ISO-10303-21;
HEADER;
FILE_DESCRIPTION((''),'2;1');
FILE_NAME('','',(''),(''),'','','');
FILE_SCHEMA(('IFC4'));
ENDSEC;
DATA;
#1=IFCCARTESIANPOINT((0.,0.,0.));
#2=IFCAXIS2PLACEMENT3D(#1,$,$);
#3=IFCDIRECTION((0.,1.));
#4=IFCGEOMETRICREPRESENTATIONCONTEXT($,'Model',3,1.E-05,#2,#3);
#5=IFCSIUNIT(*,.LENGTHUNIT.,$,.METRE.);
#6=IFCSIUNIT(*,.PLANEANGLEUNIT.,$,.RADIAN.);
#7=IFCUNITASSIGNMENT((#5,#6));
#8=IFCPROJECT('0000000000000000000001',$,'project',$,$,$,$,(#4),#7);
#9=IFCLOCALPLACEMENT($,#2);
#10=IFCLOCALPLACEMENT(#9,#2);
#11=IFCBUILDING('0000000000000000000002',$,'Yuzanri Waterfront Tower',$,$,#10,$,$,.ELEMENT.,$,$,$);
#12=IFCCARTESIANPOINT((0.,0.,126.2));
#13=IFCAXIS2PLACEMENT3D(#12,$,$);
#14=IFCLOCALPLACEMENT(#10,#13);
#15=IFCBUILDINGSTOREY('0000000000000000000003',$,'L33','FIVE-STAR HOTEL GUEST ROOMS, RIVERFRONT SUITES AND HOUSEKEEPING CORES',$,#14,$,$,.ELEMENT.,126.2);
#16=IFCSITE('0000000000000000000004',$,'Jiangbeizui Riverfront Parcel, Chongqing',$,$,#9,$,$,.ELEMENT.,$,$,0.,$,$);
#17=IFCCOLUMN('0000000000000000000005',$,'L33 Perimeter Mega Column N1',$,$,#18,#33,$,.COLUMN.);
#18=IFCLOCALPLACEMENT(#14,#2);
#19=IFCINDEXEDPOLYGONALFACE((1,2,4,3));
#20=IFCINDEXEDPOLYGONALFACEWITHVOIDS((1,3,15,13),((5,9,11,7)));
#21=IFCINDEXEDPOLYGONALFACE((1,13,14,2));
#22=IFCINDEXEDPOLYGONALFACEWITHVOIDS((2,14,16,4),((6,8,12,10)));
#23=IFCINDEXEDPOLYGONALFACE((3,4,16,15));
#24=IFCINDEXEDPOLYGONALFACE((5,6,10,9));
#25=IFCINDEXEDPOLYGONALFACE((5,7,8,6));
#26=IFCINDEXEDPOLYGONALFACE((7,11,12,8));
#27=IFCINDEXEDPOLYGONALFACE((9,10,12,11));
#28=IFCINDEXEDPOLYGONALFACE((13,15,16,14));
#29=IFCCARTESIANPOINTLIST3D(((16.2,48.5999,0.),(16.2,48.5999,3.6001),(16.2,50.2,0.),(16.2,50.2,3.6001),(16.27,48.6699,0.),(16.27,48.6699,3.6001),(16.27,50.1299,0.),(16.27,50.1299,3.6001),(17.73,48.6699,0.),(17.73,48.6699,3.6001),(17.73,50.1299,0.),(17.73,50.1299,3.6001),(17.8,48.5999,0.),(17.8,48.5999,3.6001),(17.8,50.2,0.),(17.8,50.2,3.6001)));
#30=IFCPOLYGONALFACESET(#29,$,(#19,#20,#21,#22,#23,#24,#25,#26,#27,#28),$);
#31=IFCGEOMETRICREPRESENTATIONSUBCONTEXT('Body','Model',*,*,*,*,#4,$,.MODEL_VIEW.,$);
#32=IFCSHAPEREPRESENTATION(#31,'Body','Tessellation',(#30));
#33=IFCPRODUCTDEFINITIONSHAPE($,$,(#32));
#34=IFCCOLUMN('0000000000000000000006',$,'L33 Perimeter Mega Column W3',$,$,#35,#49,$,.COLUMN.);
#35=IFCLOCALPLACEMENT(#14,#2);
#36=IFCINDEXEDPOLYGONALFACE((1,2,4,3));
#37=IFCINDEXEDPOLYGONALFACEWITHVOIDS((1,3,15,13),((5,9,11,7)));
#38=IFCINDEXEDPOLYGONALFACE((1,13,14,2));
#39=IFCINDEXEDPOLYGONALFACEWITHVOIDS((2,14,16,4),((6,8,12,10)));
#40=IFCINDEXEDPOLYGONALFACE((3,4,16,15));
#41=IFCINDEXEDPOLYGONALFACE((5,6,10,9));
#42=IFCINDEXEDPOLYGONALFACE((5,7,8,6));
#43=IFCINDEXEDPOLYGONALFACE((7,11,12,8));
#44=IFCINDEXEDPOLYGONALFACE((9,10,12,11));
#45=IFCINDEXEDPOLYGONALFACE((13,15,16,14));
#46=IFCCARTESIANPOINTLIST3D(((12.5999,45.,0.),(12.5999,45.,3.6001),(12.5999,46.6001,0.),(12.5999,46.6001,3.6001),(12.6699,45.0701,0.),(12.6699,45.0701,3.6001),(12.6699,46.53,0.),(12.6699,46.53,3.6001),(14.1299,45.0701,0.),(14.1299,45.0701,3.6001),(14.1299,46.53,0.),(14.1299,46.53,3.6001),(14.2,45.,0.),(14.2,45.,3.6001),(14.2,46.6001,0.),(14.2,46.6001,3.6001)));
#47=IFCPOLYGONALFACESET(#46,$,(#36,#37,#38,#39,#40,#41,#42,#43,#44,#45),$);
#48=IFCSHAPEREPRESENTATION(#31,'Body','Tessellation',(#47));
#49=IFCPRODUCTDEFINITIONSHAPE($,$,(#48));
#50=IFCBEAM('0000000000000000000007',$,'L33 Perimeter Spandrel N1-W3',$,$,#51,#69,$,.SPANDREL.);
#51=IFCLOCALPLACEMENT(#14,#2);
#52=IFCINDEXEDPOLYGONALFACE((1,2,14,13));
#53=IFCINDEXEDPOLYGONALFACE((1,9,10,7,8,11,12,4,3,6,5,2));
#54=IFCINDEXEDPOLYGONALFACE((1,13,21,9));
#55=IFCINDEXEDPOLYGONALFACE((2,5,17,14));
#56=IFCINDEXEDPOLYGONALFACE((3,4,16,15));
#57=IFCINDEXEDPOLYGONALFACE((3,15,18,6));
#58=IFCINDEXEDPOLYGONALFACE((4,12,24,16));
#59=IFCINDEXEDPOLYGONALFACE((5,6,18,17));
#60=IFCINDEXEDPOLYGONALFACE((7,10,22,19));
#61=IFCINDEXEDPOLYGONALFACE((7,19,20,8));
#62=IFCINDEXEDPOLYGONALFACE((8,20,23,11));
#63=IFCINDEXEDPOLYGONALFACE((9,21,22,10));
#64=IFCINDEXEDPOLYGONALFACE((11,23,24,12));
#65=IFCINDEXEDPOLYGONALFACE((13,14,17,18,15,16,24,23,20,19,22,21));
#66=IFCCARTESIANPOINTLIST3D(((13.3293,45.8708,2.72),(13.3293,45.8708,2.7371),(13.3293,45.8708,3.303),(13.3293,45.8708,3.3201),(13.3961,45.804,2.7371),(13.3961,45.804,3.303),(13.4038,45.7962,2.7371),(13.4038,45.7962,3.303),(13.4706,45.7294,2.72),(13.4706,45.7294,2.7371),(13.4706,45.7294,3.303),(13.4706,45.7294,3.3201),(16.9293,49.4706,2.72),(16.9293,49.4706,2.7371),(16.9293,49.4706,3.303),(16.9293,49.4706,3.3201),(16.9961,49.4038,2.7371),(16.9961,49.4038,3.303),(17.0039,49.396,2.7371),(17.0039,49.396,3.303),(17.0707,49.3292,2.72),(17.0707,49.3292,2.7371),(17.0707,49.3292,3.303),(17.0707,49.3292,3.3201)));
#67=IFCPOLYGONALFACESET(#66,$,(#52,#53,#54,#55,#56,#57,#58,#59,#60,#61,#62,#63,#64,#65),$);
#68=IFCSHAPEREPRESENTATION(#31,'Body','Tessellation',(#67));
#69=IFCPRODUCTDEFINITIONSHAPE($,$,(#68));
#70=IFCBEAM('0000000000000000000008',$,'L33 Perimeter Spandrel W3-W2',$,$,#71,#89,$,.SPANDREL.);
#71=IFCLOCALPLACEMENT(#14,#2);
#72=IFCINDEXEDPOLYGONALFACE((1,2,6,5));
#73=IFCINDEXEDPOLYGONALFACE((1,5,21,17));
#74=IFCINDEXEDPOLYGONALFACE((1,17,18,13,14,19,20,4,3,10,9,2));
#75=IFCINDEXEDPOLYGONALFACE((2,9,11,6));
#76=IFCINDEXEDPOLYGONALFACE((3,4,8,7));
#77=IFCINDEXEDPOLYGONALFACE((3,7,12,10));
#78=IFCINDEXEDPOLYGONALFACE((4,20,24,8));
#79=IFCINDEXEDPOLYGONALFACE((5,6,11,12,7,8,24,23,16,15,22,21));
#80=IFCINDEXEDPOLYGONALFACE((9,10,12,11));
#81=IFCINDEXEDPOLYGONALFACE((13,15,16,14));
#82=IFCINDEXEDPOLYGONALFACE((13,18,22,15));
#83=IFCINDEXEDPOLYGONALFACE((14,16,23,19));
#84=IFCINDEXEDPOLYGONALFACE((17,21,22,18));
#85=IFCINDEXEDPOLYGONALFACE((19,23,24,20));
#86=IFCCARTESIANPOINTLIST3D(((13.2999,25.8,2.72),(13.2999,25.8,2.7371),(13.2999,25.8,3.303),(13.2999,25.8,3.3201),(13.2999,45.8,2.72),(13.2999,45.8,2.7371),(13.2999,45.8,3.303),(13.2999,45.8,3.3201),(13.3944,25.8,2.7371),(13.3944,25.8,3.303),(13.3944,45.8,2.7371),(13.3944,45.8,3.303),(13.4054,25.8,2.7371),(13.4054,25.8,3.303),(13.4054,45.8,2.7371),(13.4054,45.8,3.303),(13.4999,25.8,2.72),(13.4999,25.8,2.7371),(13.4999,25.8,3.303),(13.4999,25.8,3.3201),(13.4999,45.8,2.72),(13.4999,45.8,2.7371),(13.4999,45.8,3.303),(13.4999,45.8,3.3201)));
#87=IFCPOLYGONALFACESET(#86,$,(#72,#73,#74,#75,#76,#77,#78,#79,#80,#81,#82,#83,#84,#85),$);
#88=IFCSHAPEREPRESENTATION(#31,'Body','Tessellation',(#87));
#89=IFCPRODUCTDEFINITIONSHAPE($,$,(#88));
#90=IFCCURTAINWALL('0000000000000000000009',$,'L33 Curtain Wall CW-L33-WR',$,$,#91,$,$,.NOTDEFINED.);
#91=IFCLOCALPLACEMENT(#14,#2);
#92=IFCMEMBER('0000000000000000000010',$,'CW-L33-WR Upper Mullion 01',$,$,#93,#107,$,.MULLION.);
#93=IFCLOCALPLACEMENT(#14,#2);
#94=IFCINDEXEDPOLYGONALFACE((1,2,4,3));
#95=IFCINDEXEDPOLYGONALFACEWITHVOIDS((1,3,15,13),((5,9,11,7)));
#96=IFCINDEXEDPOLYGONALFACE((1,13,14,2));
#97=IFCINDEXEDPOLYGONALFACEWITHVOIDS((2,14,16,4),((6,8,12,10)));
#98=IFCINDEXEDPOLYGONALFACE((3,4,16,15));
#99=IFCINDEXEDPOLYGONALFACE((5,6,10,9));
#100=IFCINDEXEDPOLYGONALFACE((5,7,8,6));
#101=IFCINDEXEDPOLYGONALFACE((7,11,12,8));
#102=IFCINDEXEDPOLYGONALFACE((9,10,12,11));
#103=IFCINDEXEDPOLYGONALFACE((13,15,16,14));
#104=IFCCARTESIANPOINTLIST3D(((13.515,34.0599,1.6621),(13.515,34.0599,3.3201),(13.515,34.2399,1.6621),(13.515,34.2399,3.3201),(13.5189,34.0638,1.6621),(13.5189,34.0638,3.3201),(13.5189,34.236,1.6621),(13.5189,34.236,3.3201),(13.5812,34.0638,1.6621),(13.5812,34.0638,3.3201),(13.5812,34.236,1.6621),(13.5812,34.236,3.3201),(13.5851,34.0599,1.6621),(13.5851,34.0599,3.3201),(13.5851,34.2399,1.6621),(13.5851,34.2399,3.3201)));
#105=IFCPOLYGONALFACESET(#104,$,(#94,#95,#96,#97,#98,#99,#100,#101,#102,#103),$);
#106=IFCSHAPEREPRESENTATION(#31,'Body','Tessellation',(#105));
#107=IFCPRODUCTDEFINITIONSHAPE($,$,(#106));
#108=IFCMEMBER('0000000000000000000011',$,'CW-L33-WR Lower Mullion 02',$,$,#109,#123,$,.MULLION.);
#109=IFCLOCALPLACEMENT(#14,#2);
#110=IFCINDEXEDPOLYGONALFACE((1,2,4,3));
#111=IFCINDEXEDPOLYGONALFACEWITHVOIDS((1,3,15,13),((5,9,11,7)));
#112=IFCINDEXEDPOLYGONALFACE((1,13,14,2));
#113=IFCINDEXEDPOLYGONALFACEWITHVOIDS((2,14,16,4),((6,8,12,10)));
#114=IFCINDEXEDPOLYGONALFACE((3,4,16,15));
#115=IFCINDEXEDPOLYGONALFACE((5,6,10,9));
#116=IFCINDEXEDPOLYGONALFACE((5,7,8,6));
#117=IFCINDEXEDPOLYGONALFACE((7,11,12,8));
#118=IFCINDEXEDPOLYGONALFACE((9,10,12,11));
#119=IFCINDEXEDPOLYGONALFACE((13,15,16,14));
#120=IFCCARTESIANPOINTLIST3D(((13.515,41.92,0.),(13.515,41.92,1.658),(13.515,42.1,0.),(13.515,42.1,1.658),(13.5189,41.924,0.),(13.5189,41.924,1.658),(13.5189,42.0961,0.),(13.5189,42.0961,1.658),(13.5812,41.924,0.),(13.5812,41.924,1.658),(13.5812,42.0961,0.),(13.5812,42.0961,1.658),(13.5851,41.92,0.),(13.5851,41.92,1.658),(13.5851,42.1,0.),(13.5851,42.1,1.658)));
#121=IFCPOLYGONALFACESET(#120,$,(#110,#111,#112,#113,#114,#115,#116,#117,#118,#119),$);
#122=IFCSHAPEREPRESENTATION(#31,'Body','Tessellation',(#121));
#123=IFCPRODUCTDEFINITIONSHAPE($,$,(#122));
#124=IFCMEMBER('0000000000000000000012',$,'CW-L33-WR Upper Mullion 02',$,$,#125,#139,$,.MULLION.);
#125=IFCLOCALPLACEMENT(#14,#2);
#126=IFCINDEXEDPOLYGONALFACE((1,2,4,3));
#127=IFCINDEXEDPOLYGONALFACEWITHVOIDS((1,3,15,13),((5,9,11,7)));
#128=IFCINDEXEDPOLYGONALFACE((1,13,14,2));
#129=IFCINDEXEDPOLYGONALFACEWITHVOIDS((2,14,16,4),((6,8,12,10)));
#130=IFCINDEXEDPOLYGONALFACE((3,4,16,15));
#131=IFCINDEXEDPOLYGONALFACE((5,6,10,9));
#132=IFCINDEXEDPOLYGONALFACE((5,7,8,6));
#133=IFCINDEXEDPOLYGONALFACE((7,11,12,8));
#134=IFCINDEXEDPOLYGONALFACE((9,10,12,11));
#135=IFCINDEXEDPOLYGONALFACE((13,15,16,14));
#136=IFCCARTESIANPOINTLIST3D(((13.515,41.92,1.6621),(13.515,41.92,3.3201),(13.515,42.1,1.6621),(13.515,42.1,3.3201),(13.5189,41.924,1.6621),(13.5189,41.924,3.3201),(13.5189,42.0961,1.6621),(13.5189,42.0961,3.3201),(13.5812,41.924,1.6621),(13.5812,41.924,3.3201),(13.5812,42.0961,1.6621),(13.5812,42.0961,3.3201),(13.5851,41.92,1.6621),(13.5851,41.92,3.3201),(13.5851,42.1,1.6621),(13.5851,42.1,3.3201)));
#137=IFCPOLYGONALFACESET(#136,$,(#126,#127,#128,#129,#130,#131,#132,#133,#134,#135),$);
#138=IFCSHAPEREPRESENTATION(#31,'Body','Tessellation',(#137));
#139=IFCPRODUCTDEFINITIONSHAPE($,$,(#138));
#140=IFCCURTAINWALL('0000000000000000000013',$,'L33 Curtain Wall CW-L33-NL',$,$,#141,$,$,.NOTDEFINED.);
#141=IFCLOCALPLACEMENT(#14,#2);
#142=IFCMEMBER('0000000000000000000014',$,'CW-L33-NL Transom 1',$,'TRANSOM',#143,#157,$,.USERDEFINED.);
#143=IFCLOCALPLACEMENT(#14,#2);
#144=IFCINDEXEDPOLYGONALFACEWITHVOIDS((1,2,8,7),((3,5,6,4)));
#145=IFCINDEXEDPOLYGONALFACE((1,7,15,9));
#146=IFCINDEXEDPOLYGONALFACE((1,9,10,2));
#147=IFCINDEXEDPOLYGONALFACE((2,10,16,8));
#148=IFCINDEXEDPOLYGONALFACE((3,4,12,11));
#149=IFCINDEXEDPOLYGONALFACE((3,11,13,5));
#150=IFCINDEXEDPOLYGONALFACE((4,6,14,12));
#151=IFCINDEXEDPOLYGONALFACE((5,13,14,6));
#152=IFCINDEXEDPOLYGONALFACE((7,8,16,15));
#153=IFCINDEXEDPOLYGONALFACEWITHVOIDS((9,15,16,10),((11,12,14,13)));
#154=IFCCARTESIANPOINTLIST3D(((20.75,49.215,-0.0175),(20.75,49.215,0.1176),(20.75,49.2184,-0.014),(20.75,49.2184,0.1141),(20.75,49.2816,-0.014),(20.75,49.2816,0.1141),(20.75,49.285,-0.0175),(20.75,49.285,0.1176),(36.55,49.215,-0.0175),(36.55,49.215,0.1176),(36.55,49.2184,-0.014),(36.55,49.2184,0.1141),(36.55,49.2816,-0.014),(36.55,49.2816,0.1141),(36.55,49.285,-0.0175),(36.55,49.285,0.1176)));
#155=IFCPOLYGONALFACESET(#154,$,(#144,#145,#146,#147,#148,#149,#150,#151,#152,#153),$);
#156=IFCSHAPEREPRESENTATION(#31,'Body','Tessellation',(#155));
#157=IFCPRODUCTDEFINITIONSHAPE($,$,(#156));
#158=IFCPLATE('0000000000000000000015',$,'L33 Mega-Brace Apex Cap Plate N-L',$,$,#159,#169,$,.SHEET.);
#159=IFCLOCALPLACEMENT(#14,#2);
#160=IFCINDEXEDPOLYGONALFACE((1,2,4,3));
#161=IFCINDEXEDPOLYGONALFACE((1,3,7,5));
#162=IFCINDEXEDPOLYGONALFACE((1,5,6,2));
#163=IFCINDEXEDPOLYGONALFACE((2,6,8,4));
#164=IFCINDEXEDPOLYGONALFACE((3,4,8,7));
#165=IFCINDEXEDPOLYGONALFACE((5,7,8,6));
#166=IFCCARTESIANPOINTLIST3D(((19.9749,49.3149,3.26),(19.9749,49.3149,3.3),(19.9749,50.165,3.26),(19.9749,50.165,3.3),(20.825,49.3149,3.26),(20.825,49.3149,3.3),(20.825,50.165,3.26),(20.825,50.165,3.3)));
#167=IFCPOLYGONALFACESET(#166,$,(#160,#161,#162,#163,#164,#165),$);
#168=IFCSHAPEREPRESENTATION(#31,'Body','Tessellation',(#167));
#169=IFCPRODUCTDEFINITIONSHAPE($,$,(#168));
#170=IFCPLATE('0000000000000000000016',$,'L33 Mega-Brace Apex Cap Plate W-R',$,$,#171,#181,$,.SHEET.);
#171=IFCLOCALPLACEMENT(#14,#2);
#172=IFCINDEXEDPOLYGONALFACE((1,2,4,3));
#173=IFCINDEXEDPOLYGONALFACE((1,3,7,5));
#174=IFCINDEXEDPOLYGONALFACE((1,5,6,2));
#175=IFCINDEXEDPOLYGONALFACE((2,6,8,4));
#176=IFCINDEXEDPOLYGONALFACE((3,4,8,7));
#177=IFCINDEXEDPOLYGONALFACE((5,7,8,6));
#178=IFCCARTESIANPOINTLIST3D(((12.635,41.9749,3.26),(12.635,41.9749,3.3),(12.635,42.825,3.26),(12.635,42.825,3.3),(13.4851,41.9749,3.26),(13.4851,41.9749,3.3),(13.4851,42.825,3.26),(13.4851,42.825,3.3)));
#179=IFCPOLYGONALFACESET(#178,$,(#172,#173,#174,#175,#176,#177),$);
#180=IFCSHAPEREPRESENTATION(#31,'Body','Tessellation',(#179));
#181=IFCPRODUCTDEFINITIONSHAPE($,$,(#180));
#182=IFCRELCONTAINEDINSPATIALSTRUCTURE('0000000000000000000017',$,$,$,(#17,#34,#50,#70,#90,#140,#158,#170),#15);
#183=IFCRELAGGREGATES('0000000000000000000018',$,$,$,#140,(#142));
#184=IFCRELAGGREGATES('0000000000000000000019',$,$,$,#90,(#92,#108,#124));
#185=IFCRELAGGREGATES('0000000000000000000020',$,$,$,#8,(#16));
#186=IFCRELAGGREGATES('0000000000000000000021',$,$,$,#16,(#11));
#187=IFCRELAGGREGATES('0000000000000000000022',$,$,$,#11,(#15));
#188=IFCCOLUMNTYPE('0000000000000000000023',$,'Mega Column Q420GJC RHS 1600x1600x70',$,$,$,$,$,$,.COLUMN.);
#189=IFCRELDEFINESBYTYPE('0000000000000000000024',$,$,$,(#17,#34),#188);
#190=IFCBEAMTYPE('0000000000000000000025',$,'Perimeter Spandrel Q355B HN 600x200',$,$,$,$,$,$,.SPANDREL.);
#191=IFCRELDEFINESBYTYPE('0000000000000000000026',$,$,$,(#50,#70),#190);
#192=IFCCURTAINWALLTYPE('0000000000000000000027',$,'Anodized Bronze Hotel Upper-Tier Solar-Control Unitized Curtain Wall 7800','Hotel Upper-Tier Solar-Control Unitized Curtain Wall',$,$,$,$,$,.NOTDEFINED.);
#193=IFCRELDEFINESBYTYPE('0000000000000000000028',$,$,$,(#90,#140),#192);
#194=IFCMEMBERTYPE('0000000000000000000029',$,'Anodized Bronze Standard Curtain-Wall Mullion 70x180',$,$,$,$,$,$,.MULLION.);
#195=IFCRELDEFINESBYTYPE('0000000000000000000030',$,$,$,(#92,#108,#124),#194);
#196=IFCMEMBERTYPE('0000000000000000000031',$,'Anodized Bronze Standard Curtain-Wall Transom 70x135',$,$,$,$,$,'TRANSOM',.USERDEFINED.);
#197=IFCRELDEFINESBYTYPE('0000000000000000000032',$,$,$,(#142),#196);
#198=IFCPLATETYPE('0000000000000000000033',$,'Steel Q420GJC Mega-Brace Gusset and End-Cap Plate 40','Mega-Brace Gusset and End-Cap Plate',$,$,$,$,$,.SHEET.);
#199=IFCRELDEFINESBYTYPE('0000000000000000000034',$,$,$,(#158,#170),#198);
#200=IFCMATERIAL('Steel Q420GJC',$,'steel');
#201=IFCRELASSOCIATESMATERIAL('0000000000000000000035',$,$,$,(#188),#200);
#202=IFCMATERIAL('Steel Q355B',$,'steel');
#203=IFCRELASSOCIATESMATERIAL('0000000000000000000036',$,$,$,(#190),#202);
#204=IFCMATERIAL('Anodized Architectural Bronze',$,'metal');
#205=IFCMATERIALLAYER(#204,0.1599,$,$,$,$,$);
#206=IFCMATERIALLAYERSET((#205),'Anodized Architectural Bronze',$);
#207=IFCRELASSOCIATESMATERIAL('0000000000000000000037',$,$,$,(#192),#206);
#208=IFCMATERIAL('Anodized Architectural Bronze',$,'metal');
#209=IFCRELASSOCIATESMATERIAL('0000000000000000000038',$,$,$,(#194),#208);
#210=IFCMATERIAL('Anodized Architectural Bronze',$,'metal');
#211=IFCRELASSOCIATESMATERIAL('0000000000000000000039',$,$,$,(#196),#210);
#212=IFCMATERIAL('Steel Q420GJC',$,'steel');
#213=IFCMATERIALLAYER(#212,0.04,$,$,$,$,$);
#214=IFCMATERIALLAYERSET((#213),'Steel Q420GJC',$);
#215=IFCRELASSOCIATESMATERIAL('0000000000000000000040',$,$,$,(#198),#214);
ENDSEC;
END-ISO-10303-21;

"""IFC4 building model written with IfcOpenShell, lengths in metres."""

from ifc_helpers import new_model, si_unit, direction, frame, origin, origin_2d, place, context, subcontext, project, spatial, rectangle, hollow_rectangle, i_section, extrude, source, transform, mapped, material, layer, layer_set, material_profile, profile_set, type_object, element, aggregate, save


model = new_model("IFC4")

# Units and contexts
model_context = context("Model", 3, precision=1e-05, world=origin(), true_north=direction((0.0, 1.0)))
body_context = subcontext(model_context, "Body", "Model", "MODEL_VIEW")
ifc_project = project(units=[si_unit("LENGTHUNIT", "METRE"), si_unit("PLANEANGLEUNIT", "RADIAN")], contexts=[model_context])

# Site, building, storey
site_placement = place(None, origin())
site = spatial("IfcSite", under=ifc_project, at=site_placement, Name="Jiangbeizui Riverfront Parcel, Chongqing", CompositionType="ELEMENT", RefElevation=0.0)
building_placement = place(site_placement, origin())
building = spatial("IfcBuilding", under=site, at=building_placement, Name="Yuzanri Waterfront Tower", CompositionType="ELEMENT")
storey_placement = place(building_placement, frame((0.0, 0.0, 126.2)))
storey = spatial("IfcBuildingStorey", under=building, at=storey_placement, Name="L33", Description="FIVE-STAR HOTEL GUEST ROOMS, RIVERFRONT SUITES AND HOUSEKEEPING CORES", CompositionType="ELEMENT", Elevation=126.2)

# Columns
ifc_material_1 = material(Name="Steel Q420GJC", Category="steel")
ifc_material_profile_1 = material_profile(ifc_material_1, hollow_rectangle(XDim=1.6001, YDim=1.6001, WallThickness=0.0701, at=origin_2d()), Name="RHS 1600x1600x70")
ifc_profile_set_1 = profile_set([ifc_material_profile_1], Name="Steel Q420GJC")
column_type = type_object("IfcColumnType", Name="Mega Column Q420GJC RHS 1600x1600x70", PredefinedType="COLUMN", material=ifc_profile_set_1)
shared_shape_1 = source(origin(), body_context, "Body", "SweptSolid", [
    extrude(hollow_rectangle(XDim=1.6001, YDim=1.6001, WallThickness=0.0701, at=origin_2d()), origin(), (0.0, 0.0, 1.0), 3.6001),
])
for number, where, z_axis, x_axis, name in (
    (1, (17.0, 49.3999, 0.0), (0.0, 0.0, 1.0), (1.0, 0.0, 0.0), "L33 Perimeter Mega Column N1"),
    (2, (13.3999, 45.8, 0.0), (0.0, 0.0, 1.0), (1.0, 0.0, 0.0), "L33 Perimeter Mega Column W3"),
):
    element("IfcColumn", number, at=place(storey_placement, frame(where, z_axis=z_axis, x_axis=x_axis)), inside=storey, type_object=column_type, Name=name, PredefinedType="COLUMN", context=body_context, shape_type="MappedRepresentation", body=[
        mapped(shared_shape_1, transform((0.0, 0.0, 0.0), scale=1.0)),
    ])

# Beams
ifc_material_2 = material(Name="Steel Q355B", Category="steel")
ifc_material_profile_2 = material_profile(ifc_material_2, i_section(OverallWidth=0.2, OverallDepth=0.6001, WebThickness=0.011, FlangeThickness=0.0171, at=origin_2d()), Name="HN 600x200x11x17")
ifc_profile_set_2 = profile_set([ifc_material_profile_2], Name="Steel Q355B")
beam_type = type_object("IfcBeamType", Name="Perimeter Spandrel Q355B HN 600x200", PredefinedType="SPANDREL", material=ifc_profile_set_2)
shared_shape_2 = source(origin(), body_context, "Body", "SweptSolid", [
    extrude(i_section(OverallWidth=0.2, OverallDepth=0.6001, WebThickness=0.011, FlangeThickness=0.0171, at=origin_2d()), origin(), (0.0, 0.0, 1.0), 5.0911),
])
beam_1_placement = place(storey_placement, frame((17.0, 49.3999, 3.02), z_axis=(-0.707131, -0.707083, 0.0), x_axis=(0.707083, -0.707131, 0.0)))
element("IfcBeam", 3, at=beam_1_placement, inside=storey, type_object=beam_type, Name="L33 Perimeter Spandrel N1-W3", PredefinedType="SPANDREL", context=body_context, shape_type="MappedRepresentation", body=[
    mapped(shared_shape_2, transform((0.0, 0.0, 0.0), scale=1.0)),
])
shared_shape_3 = source(origin(), body_context, "Body", "SweptSolid", [
    extrude(i_section(OverallWidth=0.2, OverallDepth=0.6001, WebThickness=0.011, FlangeThickness=0.0171, at=origin_2d()), origin(), (0.0, 0.0, 1.0), 20.0),
])
beam_2_placement = place(storey_placement, frame((13.3999, 45.8, 3.02), z_axis=(0.0, -1.0, 0.0), x_axis=(1.0, 0.0, 0.0)))
element("IfcBeam", 4, at=beam_2_placement, inside=storey, type_object=beam_type, Name="L33 Perimeter Spandrel W3-W2", PredefinedType="SPANDREL", context=body_context, shape_type="MappedRepresentation", body=[
    mapped(shared_shape_3, transform((0.0, 0.0, 0.0), scale=1.0)),
])

# Curtain wall, members
ifc_material_3 = material(Name="Anodized Architectural Bronze", Category="metal")
ifc_layer_1 = layer(ifc_material_3, 0.1599)
ifc_layer_set_1 = layer_set([ifc_layer_1], Name="Anodized Architectural Bronze")
curtain_wall_type = type_object("IfcCurtainWallType", Name="Anodized Bronze Hotel Upper-Tier Solar-Control Unitized Curtain Wall 7800", Description="Hotel Upper-Tier Solar-Control Unitized Curtain Wall", PredefinedType="NOTDEFINED", material=ifc_layer_set_1)
curtain_wall_1_placement = place(storey_placement, origin())
curtain_wall_1 = element("IfcCurtainWall", 5, at=curtain_wall_1_placement, inside=storey, type_object=curtain_wall_type, Name="L33 Curtain Wall CW-L33-WR", PredefinedType="NOTDEFINED")
ifc_material_4 = material(Name="Anodized Architectural Bronze", Category="metal")
ifc_material_profile_3 = material_profile(ifc_material_4, hollow_rectangle(XDim=0.0701, YDim=0.1799, WallThickness=0.0039, at=origin_2d()), Name="CWM 70x180")
ifc_profile_set_3 = profile_set([ifc_material_profile_3], Name="Anodized Architectural Bronze")
member_type_1 = type_object("IfcMemberType", Name="Anodized Bronze Standard Curtain-Wall Mullion 70x180", PredefinedType="MULLION", material=ifc_profile_set_3)
shared_shape_4 = source(origin(), body_context, "Body", "SweptSolid", [
    extrude(hollow_rectangle(XDim=0.0701, YDim=0.1799, WallThickness=0.0039, at=origin_2d()), origin(), (0.0, 0.0, 1.0), 1.658),
])
member_1_placement = place(storey_placement, frame((13.55, 34.1499, 1.6621), z_axis=(0.0, 0.0, 1.0), x_axis=(1.0, 0.0, 0.0)))
member_1 = element("IfcMember", 6, at=member_1_placement, type_object=member_type_1, Name="CW-L33-WR Upper Mullion 01", PredefinedType="MULLION", context=body_context, shape_type="MappedRepresentation", body=[
    mapped(shared_shape_4, transform((0.0, 0.0, 0.0), scale=1.0)),
])
member_2_placement = place(storey_placement, frame((13.55, 42.01, 0.0), z_axis=(0.0, 0.0, 1.0), x_axis=(1.0, 0.0, 0.0)))
member_2 = element("IfcMember", 7, at=member_2_placement, type_object=member_type_1, Name="CW-L33-WR Lower Mullion 02", PredefinedType="MULLION", context=body_context, shape_type="MappedRepresentation", body=[
    mapped(shared_shape_4, transform((0.0, 0.0, 0.0), scale=1.0)),
])
member_3_placement = place(storey_placement, frame((13.55, 42.01, 1.6621), z_axis=(0.0, 0.0, 1.0), x_axis=(1.0, 0.0, 0.0)))
member_3 = element("IfcMember", 8, at=member_3_placement, type_object=member_type_1, Name="CW-L33-WR Upper Mullion 02", PredefinedType="MULLION", context=body_context, shape_type="MappedRepresentation", body=[
    mapped(shared_shape_4, transform((0.0, 0.0, 0.0), scale=1.0)),
])

# Curtain wall, member
curtain_wall_2_placement = place(storey_placement, origin())
curtain_wall_2 = element("IfcCurtainWall", 9, at=curtain_wall_2_placement, inside=storey, type_object=curtain_wall_type, Name="L33 Curtain Wall CW-L33-NL", PredefinedType="NOTDEFINED")
ifc_material_5 = material(Name="Anodized Architectural Bronze", Category="metal")
ifc_material_profile_4 = material_profile(ifc_material_5, hollow_rectangle(XDim=0.0701, YDim=0.135, WallThickness=0.0034, at=origin_2d()), Name="CWT 70x135")
ifc_profile_set_4 = profile_set([ifc_material_profile_4], Name="Anodized Architectural Bronze")
member_type_2 = type_object("IfcMemberType", Name="Anodized Bronze Standard Curtain-Wall Transom 70x135", ElementType="TRANSOM", PredefinedType="USERDEFINED", material=ifc_profile_set_4)
shared_shape_5 = source(origin(), body_context, "Body", "SweptSolid", [
    extrude(hollow_rectangle(XDim=0.0701, YDim=0.135, WallThickness=0.0034, at=origin_2d()), origin(), (0.0, 0.0, 1.0), 15.8),
])
member_4_placement = place(storey_placement, frame((20.75, 49.25, 0.05), z_axis=(1.0, 0.0, 0.0), x_axis=(0.0, 1.0, 0.0)))
member_4 = element("IfcMember", 10, at=member_4_placement, type_object=member_type_2, Name="CW-L33-NL Transom 1", ObjectType="TRANSOM", PredefinedType="USERDEFINED", context=body_context, shape_type="MappedRepresentation", body=[
    mapped(shared_shape_5, transform((0.0, 0.0, 0.0), scale=1.0)),
])
aggregate(curtain_wall_2, [member_4])

# Plates
ifc_material_6 = material(Name="Steel Q420GJC", Category="steel")
ifc_layer_2 = layer(ifc_material_6, 0.04)
ifc_layer_set_2 = layer_set([ifc_layer_2], Name="Steel Q420GJC")
plate_type_1 = type_object("IfcPlateType", Name="Steel Q420GJC Mega-Brace Gusset and End-Cap Plate 40", Description="Mega-Brace Gusset and End-Cap Plate", PredefinedType="SHEET", material=ifc_layer_set_2)
shared_shape_6 = source(origin(), body_context, "Body", "SweptSolid", [
    extrude(rectangle(XDim=0.8501, YDim=0.8501, at=origin_2d()), origin(), (0.0, 0.0, 1.0), 0.04),
])
for number, where, z_axis, x_axis, name in (
    (11, (20.3999, 49.74, 3.26), (0.0, 0.0, 1.0), (1.0, 0.0, 0.0), "L33 Mega-Brace Apex Cap Plate N-L"),
    (12, (13.0601, 42.3999, 3.26), (0.0, 0.0, 1.0), (1.0, 0.0, 0.0), "L33 Mega-Brace Apex Cap Plate W-R"),
):
    element("IfcPlate", number, at=place(storey_placement, frame(where, z_axis=z_axis, x_axis=x_axis)), inside=storey, type_object=plate_type_1, Name=name, PredefinedType="SHEET", context=body_context, shape_type="MappedRepresentation", body=[
        mapped(shared_shape_6, transform((0.0, 0.0, 0.0), scale=1.0)),
    ])

aggregate(curtain_wall_1, [member_1, member_2, member_3])

save(model, "model.ifc")
